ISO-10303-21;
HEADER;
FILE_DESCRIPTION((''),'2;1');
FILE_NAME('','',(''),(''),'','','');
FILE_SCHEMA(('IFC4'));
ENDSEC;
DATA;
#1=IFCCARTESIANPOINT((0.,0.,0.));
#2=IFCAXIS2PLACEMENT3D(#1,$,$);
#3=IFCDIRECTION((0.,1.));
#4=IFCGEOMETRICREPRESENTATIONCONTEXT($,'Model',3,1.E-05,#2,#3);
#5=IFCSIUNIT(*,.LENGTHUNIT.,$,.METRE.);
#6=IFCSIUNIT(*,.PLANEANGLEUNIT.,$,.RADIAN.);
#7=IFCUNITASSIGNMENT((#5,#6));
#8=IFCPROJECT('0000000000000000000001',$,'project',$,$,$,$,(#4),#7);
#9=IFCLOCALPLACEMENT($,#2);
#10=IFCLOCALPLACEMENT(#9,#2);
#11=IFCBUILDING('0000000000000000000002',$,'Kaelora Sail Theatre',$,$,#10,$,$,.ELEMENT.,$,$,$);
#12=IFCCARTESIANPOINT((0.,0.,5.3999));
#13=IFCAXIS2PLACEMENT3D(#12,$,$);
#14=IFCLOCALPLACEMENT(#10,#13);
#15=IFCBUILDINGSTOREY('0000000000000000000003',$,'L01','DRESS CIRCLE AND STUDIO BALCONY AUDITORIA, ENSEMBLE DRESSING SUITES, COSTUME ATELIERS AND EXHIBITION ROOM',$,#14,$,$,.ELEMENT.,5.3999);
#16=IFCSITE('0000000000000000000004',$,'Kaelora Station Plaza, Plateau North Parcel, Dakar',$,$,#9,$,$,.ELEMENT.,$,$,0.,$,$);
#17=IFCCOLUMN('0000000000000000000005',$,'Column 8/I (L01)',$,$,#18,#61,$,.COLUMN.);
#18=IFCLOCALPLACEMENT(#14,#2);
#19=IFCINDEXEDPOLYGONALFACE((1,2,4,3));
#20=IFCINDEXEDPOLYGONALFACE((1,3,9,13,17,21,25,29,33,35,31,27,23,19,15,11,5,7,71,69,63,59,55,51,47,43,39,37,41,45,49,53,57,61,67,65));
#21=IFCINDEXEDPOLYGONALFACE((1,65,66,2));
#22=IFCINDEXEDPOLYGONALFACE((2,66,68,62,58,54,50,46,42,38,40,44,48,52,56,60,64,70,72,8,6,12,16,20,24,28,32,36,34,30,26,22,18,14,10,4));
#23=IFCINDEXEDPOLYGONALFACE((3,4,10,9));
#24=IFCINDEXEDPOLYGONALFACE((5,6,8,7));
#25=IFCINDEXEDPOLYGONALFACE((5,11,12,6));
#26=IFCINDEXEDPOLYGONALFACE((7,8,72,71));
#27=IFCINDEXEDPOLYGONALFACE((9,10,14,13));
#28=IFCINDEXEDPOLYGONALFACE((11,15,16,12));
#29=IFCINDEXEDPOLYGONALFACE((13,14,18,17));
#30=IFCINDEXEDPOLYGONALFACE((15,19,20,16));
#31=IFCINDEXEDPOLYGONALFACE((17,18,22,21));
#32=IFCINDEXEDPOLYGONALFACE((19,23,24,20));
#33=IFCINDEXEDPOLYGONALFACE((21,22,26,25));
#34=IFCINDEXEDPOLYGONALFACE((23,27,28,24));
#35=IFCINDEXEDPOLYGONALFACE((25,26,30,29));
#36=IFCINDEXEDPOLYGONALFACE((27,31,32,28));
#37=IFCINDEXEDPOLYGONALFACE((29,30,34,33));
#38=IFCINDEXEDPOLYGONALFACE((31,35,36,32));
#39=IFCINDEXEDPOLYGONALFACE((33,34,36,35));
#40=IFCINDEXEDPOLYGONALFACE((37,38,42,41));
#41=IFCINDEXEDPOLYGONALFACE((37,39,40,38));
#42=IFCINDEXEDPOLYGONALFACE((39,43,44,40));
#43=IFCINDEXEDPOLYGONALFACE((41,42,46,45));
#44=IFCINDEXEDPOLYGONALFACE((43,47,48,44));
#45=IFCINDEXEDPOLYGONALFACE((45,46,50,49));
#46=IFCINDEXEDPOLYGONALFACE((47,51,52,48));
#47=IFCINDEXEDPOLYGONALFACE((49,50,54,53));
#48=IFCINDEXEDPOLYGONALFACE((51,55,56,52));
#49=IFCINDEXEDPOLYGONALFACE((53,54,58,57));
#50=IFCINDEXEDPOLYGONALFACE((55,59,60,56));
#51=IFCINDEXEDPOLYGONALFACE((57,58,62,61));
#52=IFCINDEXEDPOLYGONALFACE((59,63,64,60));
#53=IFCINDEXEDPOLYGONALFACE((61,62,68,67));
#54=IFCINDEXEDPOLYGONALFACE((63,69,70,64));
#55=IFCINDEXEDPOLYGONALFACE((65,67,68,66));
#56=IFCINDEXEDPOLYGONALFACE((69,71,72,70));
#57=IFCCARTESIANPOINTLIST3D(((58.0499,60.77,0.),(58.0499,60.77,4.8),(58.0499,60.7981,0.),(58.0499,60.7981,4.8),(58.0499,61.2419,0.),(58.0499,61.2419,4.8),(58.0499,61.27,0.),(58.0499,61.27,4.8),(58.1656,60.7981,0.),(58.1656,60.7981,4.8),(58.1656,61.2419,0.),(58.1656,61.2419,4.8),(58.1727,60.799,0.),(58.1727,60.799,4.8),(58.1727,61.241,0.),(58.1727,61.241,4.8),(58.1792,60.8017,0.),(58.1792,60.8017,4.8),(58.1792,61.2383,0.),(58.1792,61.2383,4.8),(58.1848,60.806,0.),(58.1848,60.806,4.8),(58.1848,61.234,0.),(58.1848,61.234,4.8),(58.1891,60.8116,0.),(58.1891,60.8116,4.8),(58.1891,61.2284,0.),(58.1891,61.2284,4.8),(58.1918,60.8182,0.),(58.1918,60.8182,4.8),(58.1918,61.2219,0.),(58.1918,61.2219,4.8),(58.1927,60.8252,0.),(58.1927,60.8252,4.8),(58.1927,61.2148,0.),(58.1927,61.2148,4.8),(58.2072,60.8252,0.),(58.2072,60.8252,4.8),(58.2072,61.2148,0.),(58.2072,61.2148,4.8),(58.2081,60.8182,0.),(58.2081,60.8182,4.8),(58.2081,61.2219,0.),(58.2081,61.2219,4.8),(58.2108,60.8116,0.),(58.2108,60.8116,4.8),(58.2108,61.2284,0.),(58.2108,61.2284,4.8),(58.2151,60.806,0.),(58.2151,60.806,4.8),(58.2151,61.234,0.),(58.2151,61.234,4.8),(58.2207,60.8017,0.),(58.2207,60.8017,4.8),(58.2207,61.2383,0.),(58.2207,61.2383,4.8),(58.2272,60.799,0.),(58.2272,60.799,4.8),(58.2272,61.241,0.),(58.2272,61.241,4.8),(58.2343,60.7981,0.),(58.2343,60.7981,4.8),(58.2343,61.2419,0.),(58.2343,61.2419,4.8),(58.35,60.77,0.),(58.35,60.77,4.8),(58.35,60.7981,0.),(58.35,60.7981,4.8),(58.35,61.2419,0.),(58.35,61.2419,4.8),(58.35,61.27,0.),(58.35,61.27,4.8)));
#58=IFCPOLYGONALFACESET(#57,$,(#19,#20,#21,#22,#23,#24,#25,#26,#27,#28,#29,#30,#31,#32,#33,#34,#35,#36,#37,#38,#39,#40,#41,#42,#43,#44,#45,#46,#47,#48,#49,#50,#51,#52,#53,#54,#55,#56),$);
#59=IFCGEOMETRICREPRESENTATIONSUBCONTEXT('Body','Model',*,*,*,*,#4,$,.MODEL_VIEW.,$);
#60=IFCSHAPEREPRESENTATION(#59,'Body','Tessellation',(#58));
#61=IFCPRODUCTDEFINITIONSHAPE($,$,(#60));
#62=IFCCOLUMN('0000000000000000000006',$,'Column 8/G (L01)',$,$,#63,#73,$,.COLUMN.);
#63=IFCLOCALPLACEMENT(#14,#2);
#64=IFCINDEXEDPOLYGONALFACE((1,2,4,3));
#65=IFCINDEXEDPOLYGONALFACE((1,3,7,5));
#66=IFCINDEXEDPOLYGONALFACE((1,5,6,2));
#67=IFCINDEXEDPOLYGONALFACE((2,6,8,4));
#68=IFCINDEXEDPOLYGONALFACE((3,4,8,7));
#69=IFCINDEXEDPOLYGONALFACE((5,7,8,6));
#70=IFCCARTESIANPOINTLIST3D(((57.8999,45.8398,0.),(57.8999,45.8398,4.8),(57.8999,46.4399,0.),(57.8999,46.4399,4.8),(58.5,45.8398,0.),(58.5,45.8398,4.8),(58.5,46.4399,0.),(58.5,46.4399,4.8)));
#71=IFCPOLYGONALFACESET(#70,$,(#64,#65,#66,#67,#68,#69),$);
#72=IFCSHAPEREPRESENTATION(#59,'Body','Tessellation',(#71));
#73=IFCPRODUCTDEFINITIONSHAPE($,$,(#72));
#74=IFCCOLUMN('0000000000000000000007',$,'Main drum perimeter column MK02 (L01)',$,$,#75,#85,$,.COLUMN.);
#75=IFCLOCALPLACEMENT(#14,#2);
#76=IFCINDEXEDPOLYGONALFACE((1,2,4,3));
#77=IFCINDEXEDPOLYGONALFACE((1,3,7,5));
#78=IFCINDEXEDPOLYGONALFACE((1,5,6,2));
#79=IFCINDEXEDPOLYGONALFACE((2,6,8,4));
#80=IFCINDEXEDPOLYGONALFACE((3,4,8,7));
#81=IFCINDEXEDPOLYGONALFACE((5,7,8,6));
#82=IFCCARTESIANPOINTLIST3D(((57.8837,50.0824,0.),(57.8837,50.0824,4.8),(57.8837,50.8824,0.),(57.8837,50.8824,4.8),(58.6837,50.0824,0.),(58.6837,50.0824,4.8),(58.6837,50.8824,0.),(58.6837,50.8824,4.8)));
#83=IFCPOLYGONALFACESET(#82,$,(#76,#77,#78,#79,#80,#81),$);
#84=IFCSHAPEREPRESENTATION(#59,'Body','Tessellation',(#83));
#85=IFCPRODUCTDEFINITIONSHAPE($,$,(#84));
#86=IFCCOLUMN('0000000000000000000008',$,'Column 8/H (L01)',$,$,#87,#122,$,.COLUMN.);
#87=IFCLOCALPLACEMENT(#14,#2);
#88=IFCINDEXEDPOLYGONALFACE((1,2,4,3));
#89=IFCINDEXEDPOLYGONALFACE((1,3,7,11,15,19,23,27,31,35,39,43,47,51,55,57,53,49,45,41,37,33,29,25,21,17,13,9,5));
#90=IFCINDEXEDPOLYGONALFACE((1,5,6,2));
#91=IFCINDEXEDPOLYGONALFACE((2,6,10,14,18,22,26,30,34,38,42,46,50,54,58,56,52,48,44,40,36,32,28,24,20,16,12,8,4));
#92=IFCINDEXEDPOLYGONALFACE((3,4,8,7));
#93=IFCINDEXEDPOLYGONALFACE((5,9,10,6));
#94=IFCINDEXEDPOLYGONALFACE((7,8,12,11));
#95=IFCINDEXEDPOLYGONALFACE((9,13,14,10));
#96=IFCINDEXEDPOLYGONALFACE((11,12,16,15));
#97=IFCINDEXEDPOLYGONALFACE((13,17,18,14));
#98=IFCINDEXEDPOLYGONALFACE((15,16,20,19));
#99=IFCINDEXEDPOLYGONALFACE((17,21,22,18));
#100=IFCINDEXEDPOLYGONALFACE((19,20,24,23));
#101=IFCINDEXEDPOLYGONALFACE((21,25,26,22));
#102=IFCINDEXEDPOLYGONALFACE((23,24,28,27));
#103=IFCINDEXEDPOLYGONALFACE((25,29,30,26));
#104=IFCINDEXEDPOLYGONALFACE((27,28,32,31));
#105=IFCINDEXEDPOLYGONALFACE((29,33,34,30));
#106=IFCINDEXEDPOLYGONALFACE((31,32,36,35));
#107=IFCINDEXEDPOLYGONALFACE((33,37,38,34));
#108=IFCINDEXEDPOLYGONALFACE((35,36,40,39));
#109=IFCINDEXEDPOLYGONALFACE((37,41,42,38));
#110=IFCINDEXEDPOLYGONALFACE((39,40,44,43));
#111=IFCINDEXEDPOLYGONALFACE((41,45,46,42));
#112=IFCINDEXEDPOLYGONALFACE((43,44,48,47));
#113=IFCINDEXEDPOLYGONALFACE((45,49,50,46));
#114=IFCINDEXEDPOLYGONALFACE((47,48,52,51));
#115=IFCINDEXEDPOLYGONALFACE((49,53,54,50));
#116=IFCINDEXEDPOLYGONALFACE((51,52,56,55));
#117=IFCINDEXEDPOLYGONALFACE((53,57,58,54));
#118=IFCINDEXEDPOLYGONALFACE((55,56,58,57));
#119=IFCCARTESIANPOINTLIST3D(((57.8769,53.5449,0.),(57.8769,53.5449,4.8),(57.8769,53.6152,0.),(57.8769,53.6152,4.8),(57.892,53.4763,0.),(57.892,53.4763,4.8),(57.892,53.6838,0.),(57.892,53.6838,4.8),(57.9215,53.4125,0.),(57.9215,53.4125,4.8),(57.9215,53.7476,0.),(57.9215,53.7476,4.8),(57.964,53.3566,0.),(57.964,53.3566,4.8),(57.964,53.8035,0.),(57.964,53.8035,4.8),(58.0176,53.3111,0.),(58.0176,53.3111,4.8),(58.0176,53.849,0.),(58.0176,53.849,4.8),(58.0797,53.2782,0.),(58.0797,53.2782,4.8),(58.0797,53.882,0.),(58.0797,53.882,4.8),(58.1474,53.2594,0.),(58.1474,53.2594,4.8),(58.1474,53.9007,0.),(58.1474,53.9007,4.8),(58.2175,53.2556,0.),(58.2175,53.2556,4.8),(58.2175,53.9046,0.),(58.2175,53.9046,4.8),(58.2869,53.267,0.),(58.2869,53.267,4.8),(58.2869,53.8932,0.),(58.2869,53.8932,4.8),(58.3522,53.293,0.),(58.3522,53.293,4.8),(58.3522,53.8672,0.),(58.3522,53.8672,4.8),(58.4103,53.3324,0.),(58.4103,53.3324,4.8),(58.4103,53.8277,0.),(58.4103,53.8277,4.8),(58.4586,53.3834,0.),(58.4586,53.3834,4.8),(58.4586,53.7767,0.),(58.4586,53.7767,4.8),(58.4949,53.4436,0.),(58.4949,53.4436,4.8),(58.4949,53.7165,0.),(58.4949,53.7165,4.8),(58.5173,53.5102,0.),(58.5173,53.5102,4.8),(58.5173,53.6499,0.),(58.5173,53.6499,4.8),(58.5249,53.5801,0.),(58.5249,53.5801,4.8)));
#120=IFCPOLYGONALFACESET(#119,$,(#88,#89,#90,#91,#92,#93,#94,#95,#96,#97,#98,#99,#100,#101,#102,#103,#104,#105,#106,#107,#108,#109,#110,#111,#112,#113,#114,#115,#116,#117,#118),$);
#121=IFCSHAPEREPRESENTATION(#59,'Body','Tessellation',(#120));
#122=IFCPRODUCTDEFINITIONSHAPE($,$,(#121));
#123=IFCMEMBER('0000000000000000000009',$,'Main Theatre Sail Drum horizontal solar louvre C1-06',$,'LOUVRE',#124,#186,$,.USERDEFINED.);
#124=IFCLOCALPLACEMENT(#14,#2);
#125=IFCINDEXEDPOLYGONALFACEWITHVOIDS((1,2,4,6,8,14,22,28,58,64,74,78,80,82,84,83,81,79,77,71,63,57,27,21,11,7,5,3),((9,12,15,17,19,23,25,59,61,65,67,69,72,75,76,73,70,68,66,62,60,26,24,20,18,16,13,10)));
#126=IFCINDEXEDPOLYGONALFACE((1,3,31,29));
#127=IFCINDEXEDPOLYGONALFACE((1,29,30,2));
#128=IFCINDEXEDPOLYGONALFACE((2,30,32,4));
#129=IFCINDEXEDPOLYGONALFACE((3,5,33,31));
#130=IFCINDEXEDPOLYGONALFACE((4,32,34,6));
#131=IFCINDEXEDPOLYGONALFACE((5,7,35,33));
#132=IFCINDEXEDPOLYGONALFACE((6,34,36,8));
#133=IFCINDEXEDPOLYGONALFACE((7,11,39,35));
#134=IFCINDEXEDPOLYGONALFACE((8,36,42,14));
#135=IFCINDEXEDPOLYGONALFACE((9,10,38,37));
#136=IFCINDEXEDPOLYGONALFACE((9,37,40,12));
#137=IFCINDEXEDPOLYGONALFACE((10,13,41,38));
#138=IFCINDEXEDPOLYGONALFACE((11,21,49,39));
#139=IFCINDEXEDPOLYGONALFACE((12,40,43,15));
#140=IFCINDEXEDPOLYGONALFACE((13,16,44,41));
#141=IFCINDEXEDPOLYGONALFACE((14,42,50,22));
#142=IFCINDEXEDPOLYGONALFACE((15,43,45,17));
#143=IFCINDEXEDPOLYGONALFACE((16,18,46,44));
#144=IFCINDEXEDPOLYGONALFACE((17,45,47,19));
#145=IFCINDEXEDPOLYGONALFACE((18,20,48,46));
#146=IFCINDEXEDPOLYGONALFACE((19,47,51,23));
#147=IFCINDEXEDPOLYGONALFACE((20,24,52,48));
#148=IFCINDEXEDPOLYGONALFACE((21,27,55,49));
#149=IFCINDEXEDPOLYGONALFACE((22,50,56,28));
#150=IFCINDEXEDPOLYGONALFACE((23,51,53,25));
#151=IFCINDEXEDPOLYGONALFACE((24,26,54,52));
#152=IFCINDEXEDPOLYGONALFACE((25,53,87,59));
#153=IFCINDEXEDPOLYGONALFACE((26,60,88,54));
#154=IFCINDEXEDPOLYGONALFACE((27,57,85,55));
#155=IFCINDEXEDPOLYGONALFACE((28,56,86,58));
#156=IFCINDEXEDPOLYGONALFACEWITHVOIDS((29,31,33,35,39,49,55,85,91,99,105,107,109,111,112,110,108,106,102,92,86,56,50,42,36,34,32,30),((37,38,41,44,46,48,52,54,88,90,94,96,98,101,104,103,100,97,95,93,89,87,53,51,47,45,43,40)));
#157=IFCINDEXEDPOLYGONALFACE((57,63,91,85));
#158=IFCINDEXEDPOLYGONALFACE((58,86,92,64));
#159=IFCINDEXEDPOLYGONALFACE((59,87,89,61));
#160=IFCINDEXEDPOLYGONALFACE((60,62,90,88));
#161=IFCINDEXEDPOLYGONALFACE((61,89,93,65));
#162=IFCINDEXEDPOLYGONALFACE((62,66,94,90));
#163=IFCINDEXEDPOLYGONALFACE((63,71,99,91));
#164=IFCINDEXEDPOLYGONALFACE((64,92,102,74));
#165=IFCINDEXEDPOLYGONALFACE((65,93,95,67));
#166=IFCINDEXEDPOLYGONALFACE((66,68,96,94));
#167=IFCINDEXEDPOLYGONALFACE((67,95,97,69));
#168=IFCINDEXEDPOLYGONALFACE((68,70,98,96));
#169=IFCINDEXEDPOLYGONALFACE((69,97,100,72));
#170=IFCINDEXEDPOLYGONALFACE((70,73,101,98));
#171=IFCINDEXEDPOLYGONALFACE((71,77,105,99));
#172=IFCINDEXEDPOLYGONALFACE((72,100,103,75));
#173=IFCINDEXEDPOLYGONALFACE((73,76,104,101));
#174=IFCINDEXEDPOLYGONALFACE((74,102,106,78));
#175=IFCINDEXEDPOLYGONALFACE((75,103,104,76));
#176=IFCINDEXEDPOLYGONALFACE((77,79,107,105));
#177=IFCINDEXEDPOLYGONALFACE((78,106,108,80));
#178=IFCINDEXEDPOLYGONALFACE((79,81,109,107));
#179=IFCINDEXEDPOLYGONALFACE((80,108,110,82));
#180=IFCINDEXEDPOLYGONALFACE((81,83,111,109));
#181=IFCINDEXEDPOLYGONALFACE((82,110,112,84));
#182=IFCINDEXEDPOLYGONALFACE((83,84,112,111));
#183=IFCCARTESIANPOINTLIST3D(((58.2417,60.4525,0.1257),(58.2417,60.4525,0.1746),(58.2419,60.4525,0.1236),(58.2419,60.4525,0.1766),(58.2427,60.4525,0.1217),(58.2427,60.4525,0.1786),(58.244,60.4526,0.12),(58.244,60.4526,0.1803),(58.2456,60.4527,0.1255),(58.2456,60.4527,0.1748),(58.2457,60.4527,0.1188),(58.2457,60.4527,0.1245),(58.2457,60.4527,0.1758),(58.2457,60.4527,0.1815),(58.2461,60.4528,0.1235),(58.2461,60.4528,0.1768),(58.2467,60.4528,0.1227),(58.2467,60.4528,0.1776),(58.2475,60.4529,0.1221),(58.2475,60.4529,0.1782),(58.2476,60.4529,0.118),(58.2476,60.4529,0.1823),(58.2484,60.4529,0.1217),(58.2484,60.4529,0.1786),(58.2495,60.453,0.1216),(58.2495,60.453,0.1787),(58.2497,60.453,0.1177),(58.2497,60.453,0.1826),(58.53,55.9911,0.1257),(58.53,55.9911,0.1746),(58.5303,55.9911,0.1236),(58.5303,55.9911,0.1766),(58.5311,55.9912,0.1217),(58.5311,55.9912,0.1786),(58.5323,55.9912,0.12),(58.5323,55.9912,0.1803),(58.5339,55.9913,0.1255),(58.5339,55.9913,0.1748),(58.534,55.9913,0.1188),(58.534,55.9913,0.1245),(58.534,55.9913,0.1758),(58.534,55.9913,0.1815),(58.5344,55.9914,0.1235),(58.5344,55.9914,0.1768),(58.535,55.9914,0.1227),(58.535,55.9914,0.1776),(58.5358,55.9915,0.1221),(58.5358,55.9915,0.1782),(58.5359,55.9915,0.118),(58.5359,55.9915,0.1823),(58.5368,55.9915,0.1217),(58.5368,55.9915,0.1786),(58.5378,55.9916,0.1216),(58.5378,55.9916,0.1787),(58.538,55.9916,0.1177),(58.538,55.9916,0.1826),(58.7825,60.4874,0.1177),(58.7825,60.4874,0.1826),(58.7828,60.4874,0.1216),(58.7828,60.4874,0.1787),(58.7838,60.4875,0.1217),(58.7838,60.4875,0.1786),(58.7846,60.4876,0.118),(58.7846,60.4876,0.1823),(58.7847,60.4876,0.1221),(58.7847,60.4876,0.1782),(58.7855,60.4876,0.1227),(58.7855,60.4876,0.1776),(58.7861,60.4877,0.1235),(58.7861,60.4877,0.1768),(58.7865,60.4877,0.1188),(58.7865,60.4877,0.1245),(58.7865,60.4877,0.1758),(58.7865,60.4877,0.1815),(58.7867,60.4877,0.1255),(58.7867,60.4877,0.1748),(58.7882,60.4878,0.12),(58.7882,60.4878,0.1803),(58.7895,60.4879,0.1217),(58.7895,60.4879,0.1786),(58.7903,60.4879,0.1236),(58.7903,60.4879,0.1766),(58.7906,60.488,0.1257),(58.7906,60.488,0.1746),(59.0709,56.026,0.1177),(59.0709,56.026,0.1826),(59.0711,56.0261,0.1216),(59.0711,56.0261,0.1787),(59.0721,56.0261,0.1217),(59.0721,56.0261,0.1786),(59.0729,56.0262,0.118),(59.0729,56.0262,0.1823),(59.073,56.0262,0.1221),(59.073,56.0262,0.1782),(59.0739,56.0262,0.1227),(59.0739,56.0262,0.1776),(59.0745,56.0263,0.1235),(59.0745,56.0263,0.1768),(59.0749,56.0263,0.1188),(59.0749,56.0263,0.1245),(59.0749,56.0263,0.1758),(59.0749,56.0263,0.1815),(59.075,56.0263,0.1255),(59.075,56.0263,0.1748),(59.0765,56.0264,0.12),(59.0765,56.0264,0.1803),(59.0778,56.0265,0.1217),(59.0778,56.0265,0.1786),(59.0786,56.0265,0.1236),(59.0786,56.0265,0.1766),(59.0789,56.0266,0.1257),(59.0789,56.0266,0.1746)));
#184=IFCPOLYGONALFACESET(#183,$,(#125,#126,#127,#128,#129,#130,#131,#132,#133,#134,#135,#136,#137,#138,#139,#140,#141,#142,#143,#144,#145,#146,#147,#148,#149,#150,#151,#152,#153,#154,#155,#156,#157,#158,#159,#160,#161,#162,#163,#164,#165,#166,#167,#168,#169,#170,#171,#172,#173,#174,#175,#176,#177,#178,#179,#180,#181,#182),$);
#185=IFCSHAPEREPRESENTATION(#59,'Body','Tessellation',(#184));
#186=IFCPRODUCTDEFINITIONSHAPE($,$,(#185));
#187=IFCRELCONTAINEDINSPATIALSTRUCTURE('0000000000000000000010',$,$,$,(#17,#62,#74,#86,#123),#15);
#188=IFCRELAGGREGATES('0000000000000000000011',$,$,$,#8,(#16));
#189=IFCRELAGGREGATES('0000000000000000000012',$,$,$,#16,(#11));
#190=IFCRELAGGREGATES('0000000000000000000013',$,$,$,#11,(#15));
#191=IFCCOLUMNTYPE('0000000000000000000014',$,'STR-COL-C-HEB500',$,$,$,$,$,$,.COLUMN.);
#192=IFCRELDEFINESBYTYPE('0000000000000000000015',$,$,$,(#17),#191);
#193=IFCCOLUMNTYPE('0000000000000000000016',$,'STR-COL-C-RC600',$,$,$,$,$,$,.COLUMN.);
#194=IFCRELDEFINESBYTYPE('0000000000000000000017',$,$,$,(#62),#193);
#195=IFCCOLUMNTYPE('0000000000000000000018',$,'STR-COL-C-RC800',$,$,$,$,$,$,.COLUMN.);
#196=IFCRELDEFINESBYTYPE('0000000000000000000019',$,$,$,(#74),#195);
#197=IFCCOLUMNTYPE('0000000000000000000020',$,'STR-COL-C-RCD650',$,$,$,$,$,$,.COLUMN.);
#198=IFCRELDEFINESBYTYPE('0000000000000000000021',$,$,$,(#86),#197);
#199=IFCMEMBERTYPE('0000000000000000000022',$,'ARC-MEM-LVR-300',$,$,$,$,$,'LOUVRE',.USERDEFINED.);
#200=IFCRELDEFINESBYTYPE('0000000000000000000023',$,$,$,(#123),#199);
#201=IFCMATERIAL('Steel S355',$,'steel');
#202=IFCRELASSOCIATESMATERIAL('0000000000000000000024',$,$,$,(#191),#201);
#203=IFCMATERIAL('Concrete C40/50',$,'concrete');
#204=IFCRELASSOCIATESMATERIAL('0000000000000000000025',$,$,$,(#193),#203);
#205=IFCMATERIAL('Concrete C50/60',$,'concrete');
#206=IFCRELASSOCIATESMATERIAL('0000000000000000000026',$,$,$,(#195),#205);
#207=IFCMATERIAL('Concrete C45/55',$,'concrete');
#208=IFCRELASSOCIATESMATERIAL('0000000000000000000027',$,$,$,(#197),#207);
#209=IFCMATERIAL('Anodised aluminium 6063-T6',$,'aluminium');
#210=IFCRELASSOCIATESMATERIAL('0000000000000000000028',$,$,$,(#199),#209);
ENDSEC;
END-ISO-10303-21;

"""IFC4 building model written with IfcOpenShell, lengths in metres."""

from ifc_helpers import new_model, si_unit, direction, frame, origin, origin_2d, place, context, subcontext, project, spatial, rectangle, hollow_rectangle, circle, i_section, extrude, material, material_profile, profile_set, type_object, element, save


model = new_model("IFC4")

# Units and contexts
model_context = context("Model", 3, precision=1e-05, world=origin(), true_north=direction((0.0, 1.0)))
body_context = subcontext(model_context, "Body", "Model", "MODEL_VIEW")
ifc_project = project(units=[si_unit("LENGTHUNIT", "METRE"), si_unit("PLANEANGLEUNIT", "RADIAN")], contexts=[model_context])

# Site, building, storey
site_placement = place(None, origin())
site = spatial("IfcSite", under=ifc_project, at=site_placement, Name="Kaelora Station Plaza, Plateau North Parcel, Dakar", CompositionType="ELEMENT", RefElevation=0.0)
building_placement = place(site_placement, origin())
building = spatial("IfcBuilding", under=site, at=building_placement, Name="Kaelora Sail Theatre", CompositionType="ELEMENT")
storey_placement = place(building_placement, frame((0.0, 0.0, 5.3999)))
storey = spatial("IfcBuildingStorey", under=building, at=storey_placement, Name="L01", Description="DRESS CIRCLE AND STUDIO BALCONY AUDITORIA, ENSEMBLE DRESSING SUITES, COSTUME ATELIERS AND EXHIBITION ROOM", CompositionType="ELEMENT", Elevation=5.3999)

# Columns
ifc_material_1 = material(Name="Steel S355", Category="steel")
ifc_material_profile_1 = material_profile(ifc_material_1, i_section(OverallWidth=0.3, OverallDepth=0.5, WebThickness=0.0144, FlangeThickness=0.0281, FilletRadius=0.0271, at=origin_2d()), Name="HEB 500")
ifc_profile_set_1 = profile_set([ifc_material_profile_1], Name="Steel S355")
column_type_1 = type_object("IfcColumnType", Name="STR-COL-C-HEB500", PredefinedType="COLUMN", material=ifc_profile_set_1)
column_1_placement = place(storey_placement, frame((58.2, 61.02, 0.0), z_axis=(0.0, 0.0, 1.0), x_axis=(1.0, 0.0, 0.0)))
element("IfcColumn", 1, at=column_1_placement, inside=storey, type_object=column_type_1, Name="Column 8/I (L01)", PredefinedType="COLUMN", context=body_context, shape_type="SweptSolid", body=[
    extrude(i_section(OverallWidth=0.3, OverallDepth=0.5, WebThickness=0.0144, FlangeThickness=0.0281, FilletRadius=0.0271, at=origin_2d()), origin(), (0.0, 0.0, 1.0), 4.8),
])
ifc_material_2 = material(Name="Concrete C40/50", Category="concrete")
ifc_material_profile_2 = material_profile(ifc_material_2, rectangle(XDim=0.6001, YDim=0.6001, at=origin_2d()), Name="RC-COL 600x600")
ifc_profile_set_2 = profile_set([ifc_material_profile_2], Name="Concrete C40/50")
column_type_2 = type_object("IfcColumnType", Name="STR-COL-C-RC600", PredefinedType="COLUMN", material=ifc_profile_set_2)
column_2_placement = place(storey_placement, frame((58.2, 46.1399, 0.0), z_axis=(0.0, 0.0, 1.0), x_axis=(1.0, 0.0, 0.0)))
element("IfcColumn", 2, at=column_2_placement, inside=storey, type_object=column_type_2, Name="Column 8/G (L01)", PredefinedType="COLUMN", context=body_context, shape_type="SweptSolid", body=[
    extrude(rectangle(XDim=0.6001, YDim=0.6001, at=origin_2d()), origin(), (0.0, 0.0, 1.0), 4.8),
])
ifc_material_3 = material(Name="Concrete C50/60", Category="concrete")
ifc_material_profile_3 = material_profile(ifc_material_3, rectangle(XDim=0.8, YDim=0.8, at=origin_2d()), Name="RC-COL 800x800")
ifc_profile_set_3 = profile_set([ifc_material_profile_3], Name="Concrete C50/60")
column_type_3 = type_object("IfcColumnType", Name="STR-COL-C-RC800", PredefinedType="COLUMN", material=ifc_profile_set_3)
column_3_placement = place(storey_placement, frame((58.2837, 50.4824, 0.0), z_axis=(0.0, 0.0, 1.0), x_axis=(1.0, 0.0, 0.0)))
element("IfcColumn", 3, at=column_3_placement, inside=storey, type_object=column_type_3, Name="Main drum perimeter column MK02 (L01)", PredefinedType="COLUMN", context=body_context, shape_type="SweptSolid", body=[
    extrude(rectangle(XDim=0.8, YDim=0.8, at=origin_2d()), origin(), (0.0, 0.0, 1.0), 4.8),
])
ifc_material_4 = material(Name="Concrete C45/55", Category="concrete")
ifc_material_profile_4 = material_profile(ifc_material_4, circle(Radius=0.325, at=origin_2d()), Name="RC-CCOL D650")
ifc_profile_set_4 = profile_set([ifc_material_profile_4], Name="Concrete C45/55")
column_type_4 = type_object("IfcColumnType", Name="STR-COL-C-RCD650", PredefinedType="COLUMN", material=ifc_profile_set_4)
column_4_placement = place(storey_placement, frame((58.2, 53.5801, 0.0), z_axis=(0.0, 0.0, 1.0), x_axis=(1.0, 0.0, 0.0)))
element("IfcColumn", 4, at=column_4_placement, inside=storey, type_object=column_type_4, Name="Column 8/H (L01)", PredefinedType="COLUMN", context=body_context, shape_type="SweptSolid", body=[
    extrude(circle(Radius=0.325, at=origin_2d()), origin(), (0.0, 0.0, 1.0), 4.8),
])

# Member
ifc_material_5 = material(Name="Anodised aluminium 6063-T6", Category="aluminium")
ifc_material_profile_5 = material_profile(ifc_material_5, hollow_rectangle(XDim=0.55, YDim=0.0649, WallThickness=0.0039, InnerFilletRadius=0.0039, OuterFilletRadius=0.0081, at=origin_2d()), Name="LOUVRE 550x65x4")
ifc_profile_set_5 = profile_set([ifc_material_profile_5], Name="Anodised aluminium 6063-T6")
member_type_1 = type_object("IfcMemberType", Name="ARC-MEM-LVR-300", ElementType="LOUVRE", PredefinedType="USERDEFINED", material=ifc_profile_set_5)
for number, where, z_axis, x_axis, name in (
    (5, (58.5161, 60.4702, 0.1501), (0.064493, -0.997918, 0.0), (0.997918, 0.064493, 0.0), "Main Theatre Sail Drum horizontal solar louvre C1-06"),
):
    element("IfcMember", number, at=place(storey_placement, frame(where, z_axis=z_axis, x_axis=x_axis)), inside=storey, type_object=member_type_1, Name=name, ObjectType="LOUVRE", PredefinedType="USERDEFINED", context=body_context, shape_type="SweptSolid", body=[
        extrude(hollow_rectangle(XDim=0.55, YDim=0.0649, WallThickness=0.0039, InnerFilletRadius=0.0039, OuterFilletRadius=0.0081, at=origin_2d()), origin(), (0.0, 0.0, 1.0), 4.4707),
    ])

save(model, "model.ifc")
